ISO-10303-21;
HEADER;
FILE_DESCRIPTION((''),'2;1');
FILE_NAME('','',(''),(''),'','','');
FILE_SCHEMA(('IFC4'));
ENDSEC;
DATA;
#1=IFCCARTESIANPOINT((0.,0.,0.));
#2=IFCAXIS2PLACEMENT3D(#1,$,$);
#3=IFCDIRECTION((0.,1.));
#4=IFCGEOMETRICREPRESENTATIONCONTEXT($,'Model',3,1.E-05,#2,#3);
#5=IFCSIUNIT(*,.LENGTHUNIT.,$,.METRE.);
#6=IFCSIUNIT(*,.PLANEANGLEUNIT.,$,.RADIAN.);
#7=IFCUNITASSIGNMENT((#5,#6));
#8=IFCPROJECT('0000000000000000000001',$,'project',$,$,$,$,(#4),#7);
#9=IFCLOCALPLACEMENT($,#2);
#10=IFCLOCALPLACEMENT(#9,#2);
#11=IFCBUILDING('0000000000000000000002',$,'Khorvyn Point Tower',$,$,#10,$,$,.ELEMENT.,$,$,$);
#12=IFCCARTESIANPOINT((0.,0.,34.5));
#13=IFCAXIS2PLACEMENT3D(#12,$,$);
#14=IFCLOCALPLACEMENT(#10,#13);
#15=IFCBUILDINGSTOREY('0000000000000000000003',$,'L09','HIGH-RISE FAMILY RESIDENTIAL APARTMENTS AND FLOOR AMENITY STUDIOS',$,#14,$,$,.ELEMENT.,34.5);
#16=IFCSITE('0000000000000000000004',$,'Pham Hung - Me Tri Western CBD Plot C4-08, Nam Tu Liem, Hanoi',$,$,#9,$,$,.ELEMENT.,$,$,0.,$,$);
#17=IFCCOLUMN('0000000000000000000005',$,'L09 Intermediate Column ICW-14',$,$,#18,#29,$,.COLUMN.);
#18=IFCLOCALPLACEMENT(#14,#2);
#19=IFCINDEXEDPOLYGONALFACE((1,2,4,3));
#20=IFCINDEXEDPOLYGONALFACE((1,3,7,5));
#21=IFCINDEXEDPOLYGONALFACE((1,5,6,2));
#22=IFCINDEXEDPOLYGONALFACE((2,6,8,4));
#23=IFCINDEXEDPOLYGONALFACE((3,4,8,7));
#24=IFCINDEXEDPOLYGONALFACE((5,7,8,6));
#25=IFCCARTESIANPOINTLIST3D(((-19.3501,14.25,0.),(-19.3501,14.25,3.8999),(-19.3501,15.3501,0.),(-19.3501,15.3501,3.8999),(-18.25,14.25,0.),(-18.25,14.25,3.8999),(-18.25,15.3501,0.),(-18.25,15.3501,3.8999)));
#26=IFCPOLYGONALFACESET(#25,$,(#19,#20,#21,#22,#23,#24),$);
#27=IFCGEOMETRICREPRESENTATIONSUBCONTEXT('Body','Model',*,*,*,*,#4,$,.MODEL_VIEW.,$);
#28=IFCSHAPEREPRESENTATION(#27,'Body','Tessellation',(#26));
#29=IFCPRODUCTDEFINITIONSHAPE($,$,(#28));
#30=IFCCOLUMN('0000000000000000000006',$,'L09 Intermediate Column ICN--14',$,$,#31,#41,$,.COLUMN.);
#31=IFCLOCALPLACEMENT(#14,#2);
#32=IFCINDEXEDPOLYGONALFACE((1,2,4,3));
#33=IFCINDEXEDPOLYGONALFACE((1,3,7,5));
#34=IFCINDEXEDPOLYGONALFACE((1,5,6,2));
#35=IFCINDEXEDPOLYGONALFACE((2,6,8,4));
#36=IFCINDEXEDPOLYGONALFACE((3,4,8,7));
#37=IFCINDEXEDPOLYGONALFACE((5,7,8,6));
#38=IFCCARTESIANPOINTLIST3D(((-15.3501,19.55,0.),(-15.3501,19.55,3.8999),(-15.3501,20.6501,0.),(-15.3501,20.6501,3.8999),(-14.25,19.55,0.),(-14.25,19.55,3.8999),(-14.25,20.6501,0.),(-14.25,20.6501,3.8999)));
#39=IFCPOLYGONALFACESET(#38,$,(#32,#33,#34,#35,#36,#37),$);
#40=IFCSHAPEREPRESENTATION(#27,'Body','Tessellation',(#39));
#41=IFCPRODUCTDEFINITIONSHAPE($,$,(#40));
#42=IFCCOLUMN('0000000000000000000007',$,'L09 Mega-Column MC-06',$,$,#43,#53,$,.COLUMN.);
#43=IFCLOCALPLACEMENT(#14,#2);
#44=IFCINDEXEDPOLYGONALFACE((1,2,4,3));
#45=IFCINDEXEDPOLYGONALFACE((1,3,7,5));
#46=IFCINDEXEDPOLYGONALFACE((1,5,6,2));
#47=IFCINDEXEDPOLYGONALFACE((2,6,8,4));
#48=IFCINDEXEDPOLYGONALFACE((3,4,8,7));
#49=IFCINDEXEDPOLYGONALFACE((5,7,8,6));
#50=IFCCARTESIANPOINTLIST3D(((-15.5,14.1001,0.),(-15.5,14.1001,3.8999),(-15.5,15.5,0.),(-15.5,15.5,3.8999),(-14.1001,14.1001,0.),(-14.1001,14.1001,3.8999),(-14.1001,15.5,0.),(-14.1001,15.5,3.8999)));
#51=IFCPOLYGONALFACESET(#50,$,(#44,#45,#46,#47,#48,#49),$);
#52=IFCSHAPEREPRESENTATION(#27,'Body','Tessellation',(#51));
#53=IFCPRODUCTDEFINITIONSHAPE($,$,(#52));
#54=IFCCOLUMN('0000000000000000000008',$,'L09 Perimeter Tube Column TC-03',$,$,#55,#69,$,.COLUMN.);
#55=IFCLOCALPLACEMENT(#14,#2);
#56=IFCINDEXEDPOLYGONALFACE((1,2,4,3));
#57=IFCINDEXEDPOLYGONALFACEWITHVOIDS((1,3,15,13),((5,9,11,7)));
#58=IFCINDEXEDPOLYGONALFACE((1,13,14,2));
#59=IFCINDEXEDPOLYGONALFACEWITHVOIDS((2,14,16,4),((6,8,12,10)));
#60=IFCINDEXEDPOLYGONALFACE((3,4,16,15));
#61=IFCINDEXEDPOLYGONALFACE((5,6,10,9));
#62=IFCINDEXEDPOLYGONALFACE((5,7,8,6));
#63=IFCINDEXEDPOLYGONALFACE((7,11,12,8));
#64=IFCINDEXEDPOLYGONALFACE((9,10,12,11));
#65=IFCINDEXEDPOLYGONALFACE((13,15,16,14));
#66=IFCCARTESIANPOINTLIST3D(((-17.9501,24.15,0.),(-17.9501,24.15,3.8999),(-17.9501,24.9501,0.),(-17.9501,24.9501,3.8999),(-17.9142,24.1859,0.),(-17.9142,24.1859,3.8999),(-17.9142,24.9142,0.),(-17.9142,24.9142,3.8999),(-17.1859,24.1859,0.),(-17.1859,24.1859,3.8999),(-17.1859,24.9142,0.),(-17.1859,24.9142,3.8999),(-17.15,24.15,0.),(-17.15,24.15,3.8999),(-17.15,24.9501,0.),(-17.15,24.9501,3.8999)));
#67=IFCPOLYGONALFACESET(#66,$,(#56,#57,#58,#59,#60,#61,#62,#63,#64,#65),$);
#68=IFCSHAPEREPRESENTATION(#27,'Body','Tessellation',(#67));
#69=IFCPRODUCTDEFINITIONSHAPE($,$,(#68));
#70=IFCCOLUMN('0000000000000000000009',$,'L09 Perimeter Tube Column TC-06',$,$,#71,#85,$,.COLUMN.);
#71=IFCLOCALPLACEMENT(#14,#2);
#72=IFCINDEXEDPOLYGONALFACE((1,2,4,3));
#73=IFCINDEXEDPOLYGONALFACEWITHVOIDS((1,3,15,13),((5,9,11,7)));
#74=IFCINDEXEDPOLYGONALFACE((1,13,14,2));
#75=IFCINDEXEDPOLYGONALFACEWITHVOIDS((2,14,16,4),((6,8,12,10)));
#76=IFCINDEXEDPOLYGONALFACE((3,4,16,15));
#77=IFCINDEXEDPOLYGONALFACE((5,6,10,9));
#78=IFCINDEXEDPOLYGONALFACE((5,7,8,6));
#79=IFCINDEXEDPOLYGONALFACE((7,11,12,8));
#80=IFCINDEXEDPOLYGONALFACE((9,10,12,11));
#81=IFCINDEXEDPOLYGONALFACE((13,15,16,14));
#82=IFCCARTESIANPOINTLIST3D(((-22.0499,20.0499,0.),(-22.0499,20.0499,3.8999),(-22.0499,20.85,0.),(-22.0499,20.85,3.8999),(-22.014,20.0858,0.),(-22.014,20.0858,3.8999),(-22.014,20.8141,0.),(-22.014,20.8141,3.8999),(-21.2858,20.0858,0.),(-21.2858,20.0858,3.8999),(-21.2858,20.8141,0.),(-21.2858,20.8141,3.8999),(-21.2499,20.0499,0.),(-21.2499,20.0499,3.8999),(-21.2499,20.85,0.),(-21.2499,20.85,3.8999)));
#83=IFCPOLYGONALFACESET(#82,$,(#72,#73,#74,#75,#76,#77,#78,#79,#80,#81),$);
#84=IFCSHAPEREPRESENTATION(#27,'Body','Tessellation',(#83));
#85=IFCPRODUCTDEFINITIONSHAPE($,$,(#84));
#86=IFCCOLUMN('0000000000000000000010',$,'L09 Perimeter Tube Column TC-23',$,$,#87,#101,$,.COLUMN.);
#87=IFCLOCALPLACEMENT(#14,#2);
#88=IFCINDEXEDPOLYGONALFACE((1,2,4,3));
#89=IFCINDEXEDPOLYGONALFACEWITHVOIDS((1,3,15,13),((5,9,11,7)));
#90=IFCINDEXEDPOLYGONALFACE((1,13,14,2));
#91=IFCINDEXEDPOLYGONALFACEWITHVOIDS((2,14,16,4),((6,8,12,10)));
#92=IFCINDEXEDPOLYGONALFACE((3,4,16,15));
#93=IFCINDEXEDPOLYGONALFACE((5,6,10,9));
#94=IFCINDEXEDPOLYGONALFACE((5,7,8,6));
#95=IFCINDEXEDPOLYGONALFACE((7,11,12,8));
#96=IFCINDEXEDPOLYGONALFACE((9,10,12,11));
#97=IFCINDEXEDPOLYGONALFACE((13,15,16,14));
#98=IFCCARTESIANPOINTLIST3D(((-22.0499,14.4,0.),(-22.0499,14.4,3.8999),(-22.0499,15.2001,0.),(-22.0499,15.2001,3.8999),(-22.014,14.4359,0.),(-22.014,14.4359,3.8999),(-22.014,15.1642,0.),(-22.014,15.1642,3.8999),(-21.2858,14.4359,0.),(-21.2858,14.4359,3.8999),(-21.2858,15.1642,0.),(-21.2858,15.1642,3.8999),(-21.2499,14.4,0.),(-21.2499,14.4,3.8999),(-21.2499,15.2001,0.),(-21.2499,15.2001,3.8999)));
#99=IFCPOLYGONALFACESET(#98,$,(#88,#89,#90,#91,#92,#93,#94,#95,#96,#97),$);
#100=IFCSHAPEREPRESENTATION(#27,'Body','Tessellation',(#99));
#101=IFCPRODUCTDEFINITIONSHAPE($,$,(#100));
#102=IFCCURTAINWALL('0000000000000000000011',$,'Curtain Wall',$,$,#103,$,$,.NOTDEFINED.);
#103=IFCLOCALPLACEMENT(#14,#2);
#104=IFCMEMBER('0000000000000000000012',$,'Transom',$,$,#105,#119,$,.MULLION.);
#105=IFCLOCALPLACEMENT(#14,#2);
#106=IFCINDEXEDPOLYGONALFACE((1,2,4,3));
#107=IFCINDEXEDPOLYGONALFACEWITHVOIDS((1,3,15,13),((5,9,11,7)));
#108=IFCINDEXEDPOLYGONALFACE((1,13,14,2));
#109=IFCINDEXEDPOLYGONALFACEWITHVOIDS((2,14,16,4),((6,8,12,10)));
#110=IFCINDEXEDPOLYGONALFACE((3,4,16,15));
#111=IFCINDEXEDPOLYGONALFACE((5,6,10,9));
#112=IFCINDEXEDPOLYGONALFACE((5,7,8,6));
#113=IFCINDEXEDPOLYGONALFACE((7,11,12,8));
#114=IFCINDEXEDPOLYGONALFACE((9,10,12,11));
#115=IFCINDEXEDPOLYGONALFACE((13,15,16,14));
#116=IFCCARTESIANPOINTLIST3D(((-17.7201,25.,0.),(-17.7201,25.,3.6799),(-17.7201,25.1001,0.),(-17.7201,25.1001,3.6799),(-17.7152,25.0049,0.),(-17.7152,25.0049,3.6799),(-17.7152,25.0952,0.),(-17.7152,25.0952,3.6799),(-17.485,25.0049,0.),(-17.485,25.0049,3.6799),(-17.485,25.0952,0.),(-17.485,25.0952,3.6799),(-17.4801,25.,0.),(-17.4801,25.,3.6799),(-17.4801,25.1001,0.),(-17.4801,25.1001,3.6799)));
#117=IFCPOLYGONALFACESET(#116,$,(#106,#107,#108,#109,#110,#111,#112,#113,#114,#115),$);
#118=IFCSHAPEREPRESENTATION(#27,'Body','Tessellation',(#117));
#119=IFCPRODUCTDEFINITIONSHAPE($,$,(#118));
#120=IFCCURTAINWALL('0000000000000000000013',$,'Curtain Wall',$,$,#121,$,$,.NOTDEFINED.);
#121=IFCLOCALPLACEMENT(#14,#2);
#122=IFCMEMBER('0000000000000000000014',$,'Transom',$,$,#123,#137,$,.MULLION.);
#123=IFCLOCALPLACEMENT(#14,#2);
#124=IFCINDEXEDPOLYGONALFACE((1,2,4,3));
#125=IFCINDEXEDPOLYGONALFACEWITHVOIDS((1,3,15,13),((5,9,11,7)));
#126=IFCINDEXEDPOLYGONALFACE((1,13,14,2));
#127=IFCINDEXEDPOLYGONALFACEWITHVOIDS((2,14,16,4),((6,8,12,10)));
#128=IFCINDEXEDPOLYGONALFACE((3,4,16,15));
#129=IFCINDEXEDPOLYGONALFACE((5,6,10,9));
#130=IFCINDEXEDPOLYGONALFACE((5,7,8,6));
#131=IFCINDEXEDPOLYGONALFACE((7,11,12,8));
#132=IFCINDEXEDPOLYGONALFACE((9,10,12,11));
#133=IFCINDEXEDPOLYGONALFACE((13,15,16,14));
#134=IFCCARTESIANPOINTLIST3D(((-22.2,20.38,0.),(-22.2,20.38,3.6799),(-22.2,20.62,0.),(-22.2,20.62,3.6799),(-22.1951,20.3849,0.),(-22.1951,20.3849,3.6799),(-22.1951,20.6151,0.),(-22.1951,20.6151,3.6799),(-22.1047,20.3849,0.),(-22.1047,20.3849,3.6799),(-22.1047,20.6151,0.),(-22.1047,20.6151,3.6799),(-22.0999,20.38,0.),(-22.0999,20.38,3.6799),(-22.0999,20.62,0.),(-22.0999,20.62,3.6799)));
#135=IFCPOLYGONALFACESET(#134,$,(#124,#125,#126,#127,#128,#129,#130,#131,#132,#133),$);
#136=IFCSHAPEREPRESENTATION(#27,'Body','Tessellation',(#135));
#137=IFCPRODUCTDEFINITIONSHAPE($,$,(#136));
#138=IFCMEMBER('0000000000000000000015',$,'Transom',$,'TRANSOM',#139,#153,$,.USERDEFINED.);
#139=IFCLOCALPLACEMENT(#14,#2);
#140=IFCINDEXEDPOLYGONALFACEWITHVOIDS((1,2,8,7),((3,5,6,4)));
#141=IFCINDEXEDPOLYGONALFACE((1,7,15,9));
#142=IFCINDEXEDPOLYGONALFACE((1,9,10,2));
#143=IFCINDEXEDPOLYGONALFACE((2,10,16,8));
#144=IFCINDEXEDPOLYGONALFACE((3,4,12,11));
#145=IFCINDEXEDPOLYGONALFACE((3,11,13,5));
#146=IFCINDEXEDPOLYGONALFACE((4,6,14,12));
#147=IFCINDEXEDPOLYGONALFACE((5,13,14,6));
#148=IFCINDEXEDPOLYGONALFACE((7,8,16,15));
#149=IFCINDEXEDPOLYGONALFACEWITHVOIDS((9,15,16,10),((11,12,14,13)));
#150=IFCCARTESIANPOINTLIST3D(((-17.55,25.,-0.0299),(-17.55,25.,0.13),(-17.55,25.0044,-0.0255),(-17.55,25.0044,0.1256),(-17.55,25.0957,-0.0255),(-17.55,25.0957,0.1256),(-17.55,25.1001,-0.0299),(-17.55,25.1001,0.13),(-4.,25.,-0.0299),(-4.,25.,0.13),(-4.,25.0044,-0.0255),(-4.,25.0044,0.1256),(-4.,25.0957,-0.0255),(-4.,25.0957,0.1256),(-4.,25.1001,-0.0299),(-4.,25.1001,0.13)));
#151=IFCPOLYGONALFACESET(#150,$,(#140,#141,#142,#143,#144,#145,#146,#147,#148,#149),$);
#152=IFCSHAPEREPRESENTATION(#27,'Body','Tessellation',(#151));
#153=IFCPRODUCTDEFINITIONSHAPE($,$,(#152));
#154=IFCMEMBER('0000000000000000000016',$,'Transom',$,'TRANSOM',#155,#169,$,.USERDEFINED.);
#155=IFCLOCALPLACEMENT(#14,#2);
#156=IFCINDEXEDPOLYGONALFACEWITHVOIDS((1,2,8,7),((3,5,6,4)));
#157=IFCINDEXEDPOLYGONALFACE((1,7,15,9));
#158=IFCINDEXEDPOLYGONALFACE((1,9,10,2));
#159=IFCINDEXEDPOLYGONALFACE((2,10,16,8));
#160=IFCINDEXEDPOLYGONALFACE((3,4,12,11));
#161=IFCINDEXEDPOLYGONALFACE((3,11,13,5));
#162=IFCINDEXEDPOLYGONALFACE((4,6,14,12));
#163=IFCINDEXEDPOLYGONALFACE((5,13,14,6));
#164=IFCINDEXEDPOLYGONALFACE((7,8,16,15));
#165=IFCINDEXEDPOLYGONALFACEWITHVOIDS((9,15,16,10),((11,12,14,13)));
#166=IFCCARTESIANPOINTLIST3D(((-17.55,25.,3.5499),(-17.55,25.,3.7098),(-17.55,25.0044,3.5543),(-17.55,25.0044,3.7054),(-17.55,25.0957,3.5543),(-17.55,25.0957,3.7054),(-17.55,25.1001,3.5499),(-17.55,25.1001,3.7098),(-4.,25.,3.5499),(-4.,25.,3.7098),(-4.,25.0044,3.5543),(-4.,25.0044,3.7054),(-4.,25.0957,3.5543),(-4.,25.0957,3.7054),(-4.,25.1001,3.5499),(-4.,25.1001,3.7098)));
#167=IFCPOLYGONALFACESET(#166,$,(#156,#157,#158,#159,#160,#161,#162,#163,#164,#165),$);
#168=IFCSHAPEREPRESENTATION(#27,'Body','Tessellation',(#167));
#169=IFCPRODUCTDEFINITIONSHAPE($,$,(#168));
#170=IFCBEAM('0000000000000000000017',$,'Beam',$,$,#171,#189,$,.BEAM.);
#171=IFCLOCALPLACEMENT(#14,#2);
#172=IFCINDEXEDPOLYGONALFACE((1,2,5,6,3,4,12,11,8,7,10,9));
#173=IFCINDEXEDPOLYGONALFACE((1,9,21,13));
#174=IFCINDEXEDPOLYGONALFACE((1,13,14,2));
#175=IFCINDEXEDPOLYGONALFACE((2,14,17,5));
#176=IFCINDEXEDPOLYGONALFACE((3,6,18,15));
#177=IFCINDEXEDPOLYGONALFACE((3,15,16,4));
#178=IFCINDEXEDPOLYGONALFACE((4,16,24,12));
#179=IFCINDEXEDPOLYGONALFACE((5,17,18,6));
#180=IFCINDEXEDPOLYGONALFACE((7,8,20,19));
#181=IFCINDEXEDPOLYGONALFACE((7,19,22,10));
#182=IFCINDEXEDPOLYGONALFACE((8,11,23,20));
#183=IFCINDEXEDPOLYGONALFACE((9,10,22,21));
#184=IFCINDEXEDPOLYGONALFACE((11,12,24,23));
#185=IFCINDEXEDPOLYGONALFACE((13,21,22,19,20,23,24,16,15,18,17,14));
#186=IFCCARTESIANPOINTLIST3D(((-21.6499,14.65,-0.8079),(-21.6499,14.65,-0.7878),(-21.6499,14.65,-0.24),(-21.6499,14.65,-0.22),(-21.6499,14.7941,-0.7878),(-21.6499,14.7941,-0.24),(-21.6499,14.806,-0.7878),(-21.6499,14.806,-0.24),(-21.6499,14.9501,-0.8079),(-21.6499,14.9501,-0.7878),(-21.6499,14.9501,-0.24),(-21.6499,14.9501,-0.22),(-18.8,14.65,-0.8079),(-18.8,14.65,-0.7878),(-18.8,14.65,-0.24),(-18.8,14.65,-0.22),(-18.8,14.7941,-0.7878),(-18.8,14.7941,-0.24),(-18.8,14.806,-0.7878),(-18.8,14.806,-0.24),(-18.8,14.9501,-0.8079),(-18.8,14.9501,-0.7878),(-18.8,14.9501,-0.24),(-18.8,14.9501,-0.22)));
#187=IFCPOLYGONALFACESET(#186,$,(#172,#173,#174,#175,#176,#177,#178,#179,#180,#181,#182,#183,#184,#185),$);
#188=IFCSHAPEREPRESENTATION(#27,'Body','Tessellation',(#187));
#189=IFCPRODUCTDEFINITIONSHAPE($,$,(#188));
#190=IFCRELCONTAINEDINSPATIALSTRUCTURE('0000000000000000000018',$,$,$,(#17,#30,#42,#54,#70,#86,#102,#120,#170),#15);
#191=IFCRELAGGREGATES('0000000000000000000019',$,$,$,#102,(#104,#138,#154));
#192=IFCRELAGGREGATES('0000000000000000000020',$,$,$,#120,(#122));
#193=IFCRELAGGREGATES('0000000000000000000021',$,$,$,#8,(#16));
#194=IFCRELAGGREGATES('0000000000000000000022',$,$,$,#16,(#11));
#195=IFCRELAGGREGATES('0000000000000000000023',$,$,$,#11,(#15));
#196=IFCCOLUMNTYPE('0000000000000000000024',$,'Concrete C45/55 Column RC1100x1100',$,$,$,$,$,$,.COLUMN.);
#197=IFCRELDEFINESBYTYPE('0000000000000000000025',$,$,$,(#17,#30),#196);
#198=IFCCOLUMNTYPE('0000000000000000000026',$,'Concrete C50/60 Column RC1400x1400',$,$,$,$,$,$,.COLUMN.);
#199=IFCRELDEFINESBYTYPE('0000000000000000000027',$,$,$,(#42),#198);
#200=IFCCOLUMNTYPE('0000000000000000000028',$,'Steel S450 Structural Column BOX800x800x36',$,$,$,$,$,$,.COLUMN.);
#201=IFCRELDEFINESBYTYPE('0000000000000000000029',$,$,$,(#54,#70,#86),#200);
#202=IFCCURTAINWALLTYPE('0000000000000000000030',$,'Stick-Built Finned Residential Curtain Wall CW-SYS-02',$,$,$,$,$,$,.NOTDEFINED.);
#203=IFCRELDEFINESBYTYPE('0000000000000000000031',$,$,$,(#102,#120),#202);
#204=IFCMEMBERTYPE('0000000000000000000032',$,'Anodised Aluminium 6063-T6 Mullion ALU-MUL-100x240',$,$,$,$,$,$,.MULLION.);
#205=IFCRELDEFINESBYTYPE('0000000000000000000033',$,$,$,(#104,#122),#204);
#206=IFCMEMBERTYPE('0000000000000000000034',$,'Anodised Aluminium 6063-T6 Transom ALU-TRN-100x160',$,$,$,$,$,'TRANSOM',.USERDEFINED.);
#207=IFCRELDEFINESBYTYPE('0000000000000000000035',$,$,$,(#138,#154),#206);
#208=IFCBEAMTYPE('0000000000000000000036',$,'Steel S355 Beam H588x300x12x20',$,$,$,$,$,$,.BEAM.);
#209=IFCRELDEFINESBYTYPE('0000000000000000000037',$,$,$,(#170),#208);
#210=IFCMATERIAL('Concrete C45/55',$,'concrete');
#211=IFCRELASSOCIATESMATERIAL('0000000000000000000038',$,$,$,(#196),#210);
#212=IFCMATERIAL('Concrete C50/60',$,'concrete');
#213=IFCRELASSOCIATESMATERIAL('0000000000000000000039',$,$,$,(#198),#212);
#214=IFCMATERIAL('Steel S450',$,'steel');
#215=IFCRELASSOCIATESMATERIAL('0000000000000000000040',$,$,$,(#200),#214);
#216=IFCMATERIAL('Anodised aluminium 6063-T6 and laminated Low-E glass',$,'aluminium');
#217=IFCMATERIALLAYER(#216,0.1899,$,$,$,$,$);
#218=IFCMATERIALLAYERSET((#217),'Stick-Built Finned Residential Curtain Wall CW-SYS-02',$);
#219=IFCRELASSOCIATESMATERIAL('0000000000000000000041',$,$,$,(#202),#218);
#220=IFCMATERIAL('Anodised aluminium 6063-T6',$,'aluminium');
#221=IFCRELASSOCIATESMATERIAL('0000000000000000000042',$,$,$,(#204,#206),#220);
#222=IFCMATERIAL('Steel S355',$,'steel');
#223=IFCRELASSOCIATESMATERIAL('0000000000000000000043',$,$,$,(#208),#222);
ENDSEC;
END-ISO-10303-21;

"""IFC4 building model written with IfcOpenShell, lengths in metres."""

from ifc_helpers import new_model, si_unit, direction, frame, origin, origin_2d, place, context, subcontext, project, spatial, rectangle, hollow_rectangle, i_section, extrude, material, layer, layer_set, material_profile, profile_set, type_object, element, aggregate, save


model = new_model("IFC4")

# Units and contexts
model_context = context("Model", 3, precision=1e-05, world=origin(), true_north=direction((0.0, 1.0)))
body_context = subcontext(model_context, "Body", "Model", "MODEL_VIEW")
ifc_project = project(units=[si_unit("LENGTHUNIT", "METRE"), si_unit("PLANEANGLEUNIT", "RADIAN")], contexts=[model_context])

# Site, building, storey
site_placement = place(None, origin())
site = spatial("IfcSite", under=ifc_project, at=site_placement, Name="Pham Hung - Me Tri Western CBD Plot C4-08, Nam Tu Liem, Hanoi", CompositionType="ELEMENT", RefElevation=0.0)
building_placement = place(site_placement, origin())
building = spatial("IfcBuilding", under=site, at=building_placement, Name="Khorvyn Point Tower", CompositionType="ELEMENT")
storey_placement = place(building_placement, frame((0.0, 0.0, 34.5)))
storey = spatial("IfcBuildingStorey", under=building, at=storey_placement, Name="L09", Description="HIGH-RISE FAMILY RESIDENTIAL APARTMENTS AND FLOOR AMENITY STUDIOS", CompositionType="ELEMENT", Elevation=34.5)

# Columns
ifc_material_1 = material(Name="Concrete C45/55", Category="concrete")
ifc_material_profile_1 = material_profile(ifc_material_1, rectangle(XDim=1.1001, YDim=1.1001, at=origin_2d()))
ifc_profile_set_1 = profile_set([ifc_material_profile_1], Name="Concrete C45/55 RC1100x1100")
column_type_1 = type_object("IfcColumnType", Name="Concrete C45/55 Column RC1100x1100", PredefinedType="COLUMN", material=ifc_profile_set_1)
for number, where, z_axis, x_axis, name in (
    (1, (-18.8, 14.8, 0.0), (0.0, 0.0, 1.0), (1.0, 0.0, 0.0), "L09 Intermediate Column ICW-14"),
    (2, (-14.8, 20.1001, 0.0), (0.0, 0.0, 1.0), (1.0, 0.0, 0.0), "L09 Intermediate Column ICN--14"),
):
    element("IfcColumn", number, at=place(storey_placement, frame(where, z_axis=z_axis, x_axis=x_axis)), inside=storey, type_object=column_type_1, Name=name, PredefinedType="COLUMN", context=body_context, shape_type="SweptSolid", body=[
        extrude(rectangle(XDim=1.1001, YDim=1.1001, at=origin_2d()), origin(), (0.0, 0.0, 1.0), 3.8999),
    ])
ifc_material_2 = material(Name="Concrete C50/60", Category="concrete")
ifc_material_profile_2 = material_profile(ifc_material_2, rectangle(XDim=1.3999, YDim=1.3999, at=origin_2d()))
ifc_profile_set_2 = profile_set([ifc_material_profile_2], Name="Concrete C50/60 RC1400x1400")
column_type_2 = type_object("IfcColumnType", Name="Concrete C50/60 Column RC1400x1400", PredefinedType="COLUMN", material=ifc_profile_set_2)
column_placement = place(storey_placement, frame((-14.8, 14.8, 0.0), z_axis=(0.0, 0.0, 1.0), x_axis=(1.0, 0.0, 0.0)))
element("IfcColumn", 3, at=column_placement, inside=storey, type_object=column_type_2, Name="L09 Mega-Column MC-06", PredefinedType="COLUMN", context=body_context, shape_type="SweptSolid", body=[
    extrude(rectangle(XDim=1.3999, YDim=1.3999, at=origin_2d()), origin(), (0.0, 0.0, 1.0), 3.8999),
])
ifc_material_3 = material(Name="Steel S450", Category="steel")
ifc_material_profile_3 = material_profile(ifc_material_3, hollow_rectangle(XDim=0.8, YDim=0.8, WallThickness=0.0359, at=origin_2d()))
ifc_profile_set_3 = profile_set([ifc_material_profile_3], Name="Steel S450 BOX800x800x36")
column_type_3 = type_object("IfcColumnType", Name="Steel S450 Structural Column BOX800x800x36", PredefinedType="COLUMN", material=ifc_profile_set_3)
for number, where, z_axis, x_axis, name in (
    (4, (-17.55, 24.55, 0.0), (0.0, 0.0, 1.0), (1.0, 0.0, 0.0), "L09 Perimeter Tube Column TC-03"),
    (5, (-21.6499, 20.45, 0.0), (0.0, 0.0, 1.0), (1.0, 0.0, 0.0), "L09 Perimeter Tube Column TC-06"),
    (6, (-21.6499, 14.8, 0.0), (0.0, 0.0, 1.0), (1.0, 0.0, 0.0), "L09 Perimeter Tube Column TC-23"),
):
    element("IfcColumn", number, at=place(storey_placement, frame(where, z_axis=z_axis, x_axis=x_axis)), inside=storey, type_object=column_type_3, Name=name, PredefinedType="COLUMN", context=body_context, shape_type="SweptSolid", body=[
        extrude(hollow_rectangle(XDim=0.8, YDim=0.8, WallThickness=0.0359, at=origin_2d()), origin(), (0.0, 0.0, 1.0), 3.8999),
    ])

# Curtain walls, members
ifc_material_4 = material(Name="Anodised aluminium 6063-T6 and laminated Low-E glass", Category="aluminium")
ifc_layer_1 = layer(ifc_material_4, 0.1899)
ifc_layer_set_1 = layer_set([ifc_layer_1], Name="Stick-Built Finned Residential Curtain Wall CW-SYS-02")
curtain_wall_type = type_object("IfcCurtainWallType", Name="Stick-Built Finned Residential Curtain Wall CW-SYS-02", PredefinedType="NOTDEFINED", material=ifc_layer_set_1)
curtain_wall_1_placement = place(storey_placement, origin())
curtain_wall_1 = element("IfcCurtainWall", 7, at=curtain_wall_1_placement, inside=storey, type_object=curtain_wall_type, Name="Curtain Wall", PredefinedType="NOTDEFINED")
ifc_material_5 = material(Name="Anodised aluminium 6063-T6", Category="aluminium")
ifc_material_profile_4 = material_profile(ifc_material_5, hollow_rectangle(XDim=0.1001, YDim=0.24, WallThickness=0.0049, at=origin_2d()))
ifc_profile_set_4 = profile_set([ifc_material_profile_4], Name="Anodised aluminium 6063-T6 ALU-MUL-100x240")
member_type_1 = type_object("IfcMemberType", Name="Anodised Aluminium 6063-T6 Mullion ALU-MUL-100x240", PredefinedType="MULLION", material=ifc_profile_set_4)
member_1_placement = place(storey_placement, frame((-17.6001, 25.05, 0.0), z_axis=(0.0, 0.0, 1.0), x_axis=(0.0, 1.0, 0.0)))
member_1 = element("IfcMember", 8, at=member_1_placement, type_object=member_type_1, Name="Transom", PredefinedType="MULLION", context=body_context, shape_type="SweptSolid", body=[
    extrude(hollow_rectangle(XDim=0.1001, YDim=0.24, WallThickness=0.0049, at=origin_2d()), origin(), (0.0, 0.0, 1.0), 3.6799),
])
curtain_wall_2_placement = place(storey_placement, origin())
curtain_wall_2 = element("IfcCurtainWall", 9, at=curtain_wall_2_placement, inside=storey, type_object=curtain_wall_type, Name="Curtain Wall", PredefinedType="NOTDEFINED")
member_2_placement = place(storey_placement, frame((-22.1499, 20.5, 0.0), z_axis=(0.0, 0.0, 1.0), x_axis=(-1.0, 0.0, 0.0)))
member_2 = element("IfcMember", 10, at=member_2_placement, type_object=member_type_1, Name="Transom", PredefinedType="MULLION", context=body_context, shape_type="SweptSolid", body=[
    extrude(hollow_rectangle(XDim=0.1001, YDim=0.24, WallThickness=0.0049, at=origin_2d()), origin(), (0.0, 0.0, 1.0), 3.6799),
])

# Members
ifc_material_profile_5 = material_profile(ifc_material_5, hollow_rectangle(XDim=0.1001, YDim=0.1599, WallThickness=0.0044, at=origin_2d()))
ifc_profile_set_5 = profile_set([ifc_material_profile_5], Name="Anodised aluminium 6063-T6 ALU-TRN-100x160")
member_type_2 = type_object("IfcMemberType", Name="Anodised Aluminium 6063-T6 Transom ALU-TRN-100x160", ElementType="TRANSOM", PredefinedType="USERDEFINED", material=ifc_profile_set_5)
member_3_placement = place(storey_placement, frame((-17.55, 25.05, 0.05), z_axis=(1.0, 0.0, 0.0), x_axis=(0.0, 1.0, 0.0)))
member_3 = element("IfcMember", 11, at=member_3_placement, type_object=member_type_2, Name="Transom", ObjectType="TRANSOM", PredefinedType="USERDEFINED", context=body_context, shape_type="SweptSolid", body=[
    extrude(hollow_rectangle(XDim=0.1001, YDim=0.1599, WallThickness=0.0044, at=origin_2d()), origin(), (0.0, 0.0, 1.0), 13.55),
])
member_4_placement = place(storey_placement, frame((-17.55, 25.05, 3.6299), z_axis=(1.0, 0.0, 0.0), x_axis=(0.0, 1.0, 0.0)))
member_4 = element("IfcMember", 12, at=member_4_placement, type_object=member_type_2, Name="Transom", ObjectType="TRANSOM", PredefinedType="USERDEFINED", context=body_context, shape_type="SweptSolid", body=[
    extrude(hollow_rectangle(XDim=0.1001, YDim=0.1599, WallThickness=0.0044, at=origin_2d()), origin(), (0.0, 0.0, 1.0), 13.55),
])

# Beam
ifc_material_6 = material(Name="Steel S355", Category="steel")
ifc_material_profile_6 = material_profile(ifc_material_6, i_section(OverallWidth=0.3, OverallDepth=0.5879, WebThickness=0.012, FlangeThickness=0.02, at=origin_2d()))
ifc_profile_set_6 = profile_set([ifc_material_profile_6], Name="Steel S355 H588x300x12x20")
beam_type_1 = type_object("IfcBeamType", Name="Steel S355 Beam H588x300x12x20", PredefinedType="BEAM", material=ifc_profile_set_6)
beam_1_placement = place(storey_placement, frame((-21.6499, 14.8, -0.5139), z_axis=(1.0, 0.0, 0.0), x_axis=(0.0, 1.0, 0.0)))
element("IfcBeam", 13, at=beam_1_placement, inside=storey, type_object=beam_type_1, Name="Beam", PredefinedType="BEAM", context=body_context, shape_type="SweptSolid", body=[
    extrude(i_section(OverallWidth=0.3, OverallDepth=0.5879, WebThickness=0.012, FlangeThickness=0.02, at=origin_2d()), origin(), (0.0, 0.0, 1.0), 2.8499),
])

aggregate(curtain_wall_1, [member_1, member_3, member_4])
aggregate(curtain_wall_2, [member_2])

save(model, "model.ifc")
